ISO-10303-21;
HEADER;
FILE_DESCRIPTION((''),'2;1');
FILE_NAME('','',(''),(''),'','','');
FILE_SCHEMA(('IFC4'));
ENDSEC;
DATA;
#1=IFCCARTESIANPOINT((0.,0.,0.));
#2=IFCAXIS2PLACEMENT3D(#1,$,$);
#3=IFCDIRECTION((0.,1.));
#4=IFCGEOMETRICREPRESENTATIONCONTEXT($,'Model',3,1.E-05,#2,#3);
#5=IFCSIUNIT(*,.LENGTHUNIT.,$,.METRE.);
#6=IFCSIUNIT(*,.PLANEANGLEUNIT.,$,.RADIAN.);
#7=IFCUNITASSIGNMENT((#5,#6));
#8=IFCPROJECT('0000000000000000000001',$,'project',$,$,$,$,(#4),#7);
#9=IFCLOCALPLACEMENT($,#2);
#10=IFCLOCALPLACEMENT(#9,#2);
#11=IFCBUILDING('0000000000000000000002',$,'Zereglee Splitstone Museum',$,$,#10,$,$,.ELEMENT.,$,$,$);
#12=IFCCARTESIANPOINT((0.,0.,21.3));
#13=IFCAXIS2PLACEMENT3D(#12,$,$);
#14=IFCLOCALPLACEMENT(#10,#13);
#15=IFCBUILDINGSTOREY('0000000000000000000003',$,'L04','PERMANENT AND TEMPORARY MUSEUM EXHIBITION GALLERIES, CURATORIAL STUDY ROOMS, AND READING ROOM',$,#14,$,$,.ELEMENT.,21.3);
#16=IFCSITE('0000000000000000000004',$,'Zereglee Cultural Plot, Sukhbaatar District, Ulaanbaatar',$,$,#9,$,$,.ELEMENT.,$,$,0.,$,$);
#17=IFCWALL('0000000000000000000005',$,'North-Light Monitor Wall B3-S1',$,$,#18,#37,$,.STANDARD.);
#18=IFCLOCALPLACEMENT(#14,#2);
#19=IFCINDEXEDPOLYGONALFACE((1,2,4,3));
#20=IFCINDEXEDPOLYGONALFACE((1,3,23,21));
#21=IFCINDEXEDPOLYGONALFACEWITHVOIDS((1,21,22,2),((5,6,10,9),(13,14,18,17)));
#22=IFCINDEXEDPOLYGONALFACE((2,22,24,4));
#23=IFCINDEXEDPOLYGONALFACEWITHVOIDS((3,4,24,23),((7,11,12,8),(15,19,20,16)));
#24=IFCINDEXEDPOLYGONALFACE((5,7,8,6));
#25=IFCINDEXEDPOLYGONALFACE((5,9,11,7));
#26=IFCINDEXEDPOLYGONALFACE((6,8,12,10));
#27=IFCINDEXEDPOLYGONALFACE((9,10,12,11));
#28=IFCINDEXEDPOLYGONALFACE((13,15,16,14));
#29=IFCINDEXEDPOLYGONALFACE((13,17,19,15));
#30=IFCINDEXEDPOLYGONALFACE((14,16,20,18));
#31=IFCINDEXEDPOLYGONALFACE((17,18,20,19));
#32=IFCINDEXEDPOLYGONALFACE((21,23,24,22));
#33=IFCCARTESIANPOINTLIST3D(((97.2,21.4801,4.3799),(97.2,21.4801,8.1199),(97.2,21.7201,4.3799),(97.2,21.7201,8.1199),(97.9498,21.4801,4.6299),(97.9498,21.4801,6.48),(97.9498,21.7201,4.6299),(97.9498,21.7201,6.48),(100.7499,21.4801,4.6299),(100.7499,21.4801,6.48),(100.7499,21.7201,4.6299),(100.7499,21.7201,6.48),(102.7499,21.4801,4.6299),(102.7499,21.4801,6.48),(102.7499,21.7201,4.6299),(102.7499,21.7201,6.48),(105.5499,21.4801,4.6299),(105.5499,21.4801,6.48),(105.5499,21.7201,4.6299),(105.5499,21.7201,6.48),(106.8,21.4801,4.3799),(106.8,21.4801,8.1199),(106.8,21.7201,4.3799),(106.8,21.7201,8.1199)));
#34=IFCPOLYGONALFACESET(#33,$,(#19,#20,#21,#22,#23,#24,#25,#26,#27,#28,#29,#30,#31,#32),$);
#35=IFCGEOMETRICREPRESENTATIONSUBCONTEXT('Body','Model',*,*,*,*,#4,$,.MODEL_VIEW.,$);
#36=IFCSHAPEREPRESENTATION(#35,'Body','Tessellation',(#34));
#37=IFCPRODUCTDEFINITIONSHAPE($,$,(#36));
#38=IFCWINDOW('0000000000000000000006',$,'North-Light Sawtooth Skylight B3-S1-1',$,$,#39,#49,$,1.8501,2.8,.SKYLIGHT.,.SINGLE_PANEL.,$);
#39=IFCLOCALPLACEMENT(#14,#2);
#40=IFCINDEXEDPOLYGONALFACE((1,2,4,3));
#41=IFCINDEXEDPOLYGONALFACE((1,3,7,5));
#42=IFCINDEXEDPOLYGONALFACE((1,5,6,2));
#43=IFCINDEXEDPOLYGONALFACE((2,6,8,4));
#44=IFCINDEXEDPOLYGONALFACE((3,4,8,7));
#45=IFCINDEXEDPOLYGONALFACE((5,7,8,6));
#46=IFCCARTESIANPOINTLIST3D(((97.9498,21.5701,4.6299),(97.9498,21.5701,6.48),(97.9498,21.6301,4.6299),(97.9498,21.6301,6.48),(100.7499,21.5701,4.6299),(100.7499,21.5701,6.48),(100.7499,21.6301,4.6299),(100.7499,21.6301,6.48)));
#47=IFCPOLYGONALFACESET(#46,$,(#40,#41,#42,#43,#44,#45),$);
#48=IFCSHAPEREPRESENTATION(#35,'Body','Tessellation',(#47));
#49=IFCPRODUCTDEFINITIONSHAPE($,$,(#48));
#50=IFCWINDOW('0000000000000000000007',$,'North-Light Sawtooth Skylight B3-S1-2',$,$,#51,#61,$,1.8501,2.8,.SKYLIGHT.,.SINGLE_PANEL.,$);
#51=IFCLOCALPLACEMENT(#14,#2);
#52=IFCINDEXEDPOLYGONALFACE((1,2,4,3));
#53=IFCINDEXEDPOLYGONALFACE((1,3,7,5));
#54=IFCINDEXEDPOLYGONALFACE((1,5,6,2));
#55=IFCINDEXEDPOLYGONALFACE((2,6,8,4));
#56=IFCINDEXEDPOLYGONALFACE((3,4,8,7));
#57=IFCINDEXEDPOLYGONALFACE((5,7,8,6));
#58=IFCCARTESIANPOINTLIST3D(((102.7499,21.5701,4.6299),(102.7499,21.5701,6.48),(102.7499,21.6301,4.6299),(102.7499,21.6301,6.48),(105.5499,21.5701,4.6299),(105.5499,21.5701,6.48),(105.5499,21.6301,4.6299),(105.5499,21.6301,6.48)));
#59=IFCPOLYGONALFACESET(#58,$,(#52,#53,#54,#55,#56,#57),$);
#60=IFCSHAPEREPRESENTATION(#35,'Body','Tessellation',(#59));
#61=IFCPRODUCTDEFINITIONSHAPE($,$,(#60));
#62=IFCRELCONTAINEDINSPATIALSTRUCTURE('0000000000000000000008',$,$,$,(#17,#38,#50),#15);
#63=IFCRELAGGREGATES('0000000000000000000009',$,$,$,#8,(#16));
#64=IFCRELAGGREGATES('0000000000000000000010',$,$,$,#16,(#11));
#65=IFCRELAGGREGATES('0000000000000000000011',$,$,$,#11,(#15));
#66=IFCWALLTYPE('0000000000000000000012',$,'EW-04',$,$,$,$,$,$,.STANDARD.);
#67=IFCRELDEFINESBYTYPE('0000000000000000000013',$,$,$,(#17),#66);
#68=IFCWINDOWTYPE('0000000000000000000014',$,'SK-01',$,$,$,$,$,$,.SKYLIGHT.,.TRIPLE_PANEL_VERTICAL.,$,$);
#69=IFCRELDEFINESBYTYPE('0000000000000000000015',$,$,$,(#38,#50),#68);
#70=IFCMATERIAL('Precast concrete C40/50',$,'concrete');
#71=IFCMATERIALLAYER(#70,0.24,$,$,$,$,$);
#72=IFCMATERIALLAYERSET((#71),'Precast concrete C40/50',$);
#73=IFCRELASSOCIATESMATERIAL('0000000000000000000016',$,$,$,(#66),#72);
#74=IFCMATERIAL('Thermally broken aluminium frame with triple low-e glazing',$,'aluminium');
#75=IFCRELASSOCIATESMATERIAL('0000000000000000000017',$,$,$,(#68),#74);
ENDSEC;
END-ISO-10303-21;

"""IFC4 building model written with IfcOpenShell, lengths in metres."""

from ifc_helpers import new_model, si_unit, direction, frame, frame_2d, origin, place, context, subcontext, project, spatial, rectangle, extrude, material, layer, layer_set, type_object, element, fill, save


model = new_model("IFC4")

# Units and contexts
model_context = context("Model", 3, precision=1e-05, world=origin(), true_north=direction((0.0, 1.0)))
body_context = subcontext(model_context, "Body", "Model", "MODEL_VIEW")
ifc_project = project(units=[si_unit("LENGTHUNIT", "METRE"), si_unit("PLANEANGLEUNIT", "RADIAN")], contexts=[model_context])

# Site, building, storey
site_placement = place(None, origin())
site = spatial("IfcSite", under=ifc_project, at=site_placement, Name="Zereglee Cultural Plot, Sukhbaatar District, Ulaanbaatar", CompositionType="ELEMENT", RefElevation=0.0)
building_placement = place(site_placement, origin())
building = spatial("IfcBuilding", under=site, at=building_placement, Name="Zereglee Splitstone Museum", CompositionType="ELEMENT")
storey_placement = place(building_placement, frame((0.0, 0.0, 21.3)))
storey = spatial("IfcBuildingStorey", under=building, at=storey_placement, Name="L04", Description="PERMANENT AND TEMPORARY MUSEUM EXHIBITION GALLERIES, CURATORIAL STUDY ROOMS, AND READING ROOM", CompositionType="ELEMENT", Elevation=21.3)

# Wall, openings, windows
ifc_material_1 = material(Name="Precast concrete C40/50", Category="concrete")
ifc_layer_1 = layer(ifc_material_1, 0.24)
ifc_layer_set_1 = layer_set([ifc_layer_1], Name="Precast concrete C40/50")
wall_type_1 = type_object("IfcWallType", Name="EW-04", PredefinedType="STANDARD", material=ifc_layer_set_1)
wall_1_placement = place(storey_placement, frame((97.2, 21.6001, 4.3799), z_axis=(0.0, 0.0, 1.0), x_axis=(1.0, 0.0, 0.0)))
wall_1 = element("IfcWall", 1, at=wall_1_placement, inside=storey, type_object=wall_type_1, Name="North-Light Monitor Wall B3-S1", PredefinedType="STANDARD", context=body_context, shape_type="SweptSolid", body=[
    extrude(rectangle(XDim=9.6001, YDim=0.24, at=frame_2d((4.8, 0.0))), origin(), (0.0, 0.0, 1.0), 3.74),
])
opening_1_placement = place(wall_1_placement, frame((0.75, 0.0, 0.25)))
opening_1 = element("IfcOpeningElement", 2, at=opening_1_placement, cuts=wall_1, PredefinedType="OPENING", context=body_context, shape_type="SweptSolid", body=[
    extrude(rectangle(XDim=2.8, YDim=1.8501, at=frame_2d((1.3999, 0.925))), frame((0.0, 0.1348, 0.0), z_axis=(0.0, -1.0, 0.0), x_axis=(1.0, 0.0, 0.0)), (0.0, 0.0, 1.0), 0.2698),
])
opening_2_placement = place(wall_1_placement, frame((5.55, 0.0, 0.25)))
opening_2 = element("IfcOpeningElement", 3, at=opening_2_placement, cuts=wall_1, PredefinedType="OPENING", context=body_context, shape_type="SweptSolid", body=[
    extrude(rectangle(XDim=2.8, YDim=1.8501, at=frame_2d((1.3999, 0.925))), frame((0.0, 0.1348, 0.0), z_axis=(0.0, -1.0, 0.0), x_axis=(1.0, 0.0, 0.0)), (0.0, 0.0, 1.0), 0.2698),
])
ifc_material_2 = material(Name="Thermally broken aluminium frame with triple low-e glazing", Category="aluminium")
window_type = type_object("IfcWindowType", Name="SK-01", PartitioningType="TRIPLE_PANEL_VERTICAL", PredefinedType="SKYLIGHT", material=ifc_material_2)
window_1_placement = place(opening_1_placement, origin())
window_1 = element("IfcWindow", 4, at=window_1_placement, inside=storey, type_object=window_type, Name="North-Light Sawtooth Skylight B3-S1-1", OverallHeight=1.8501, OverallWidth=2.8, PartitioningType="SINGLE_PANEL", PredefinedType="SKYLIGHT", context=body_context, shape_type="SweptSolid", body=[
    extrude(rectangle(XDim=2.8, YDim=1.8501, at=frame_2d((1.3999, 0.925))), frame((0.0, 0.03, 0.0), z_axis=(0.0, -1.0, 0.0), x_axis=(1.0, 0.0, 0.0)), (0.0, 0.0, 1.0), 0.0601),
])
fill(opening_1, window_1)
window_2_placement = place(opening_2_placement, origin())
window_2 = element("IfcWindow", 5, at=window_2_placement, inside=storey, type_object=window_type, Name="North-Light Sawtooth Skylight B3-S1-2", OverallHeight=1.8501, OverallWidth=2.8, PartitioningType="SINGLE_PANEL", PredefinedType="SKYLIGHT", context=body_context, shape_type="SweptSolid", body=[
    extrude(rectangle(XDim=2.8, YDim=1.8501, at=frame_2d((1.3999, 0.925))), frame((0.0, 0.03, 0.0), z_axis=(0.0, -1.0, 0.0), x_axis=(1.0, 0.0, 0.0)), (0.0, 0.0, 1.0), 0.0601),
])
fill(opening_2, window_2)

save(model, "model.ifc")
